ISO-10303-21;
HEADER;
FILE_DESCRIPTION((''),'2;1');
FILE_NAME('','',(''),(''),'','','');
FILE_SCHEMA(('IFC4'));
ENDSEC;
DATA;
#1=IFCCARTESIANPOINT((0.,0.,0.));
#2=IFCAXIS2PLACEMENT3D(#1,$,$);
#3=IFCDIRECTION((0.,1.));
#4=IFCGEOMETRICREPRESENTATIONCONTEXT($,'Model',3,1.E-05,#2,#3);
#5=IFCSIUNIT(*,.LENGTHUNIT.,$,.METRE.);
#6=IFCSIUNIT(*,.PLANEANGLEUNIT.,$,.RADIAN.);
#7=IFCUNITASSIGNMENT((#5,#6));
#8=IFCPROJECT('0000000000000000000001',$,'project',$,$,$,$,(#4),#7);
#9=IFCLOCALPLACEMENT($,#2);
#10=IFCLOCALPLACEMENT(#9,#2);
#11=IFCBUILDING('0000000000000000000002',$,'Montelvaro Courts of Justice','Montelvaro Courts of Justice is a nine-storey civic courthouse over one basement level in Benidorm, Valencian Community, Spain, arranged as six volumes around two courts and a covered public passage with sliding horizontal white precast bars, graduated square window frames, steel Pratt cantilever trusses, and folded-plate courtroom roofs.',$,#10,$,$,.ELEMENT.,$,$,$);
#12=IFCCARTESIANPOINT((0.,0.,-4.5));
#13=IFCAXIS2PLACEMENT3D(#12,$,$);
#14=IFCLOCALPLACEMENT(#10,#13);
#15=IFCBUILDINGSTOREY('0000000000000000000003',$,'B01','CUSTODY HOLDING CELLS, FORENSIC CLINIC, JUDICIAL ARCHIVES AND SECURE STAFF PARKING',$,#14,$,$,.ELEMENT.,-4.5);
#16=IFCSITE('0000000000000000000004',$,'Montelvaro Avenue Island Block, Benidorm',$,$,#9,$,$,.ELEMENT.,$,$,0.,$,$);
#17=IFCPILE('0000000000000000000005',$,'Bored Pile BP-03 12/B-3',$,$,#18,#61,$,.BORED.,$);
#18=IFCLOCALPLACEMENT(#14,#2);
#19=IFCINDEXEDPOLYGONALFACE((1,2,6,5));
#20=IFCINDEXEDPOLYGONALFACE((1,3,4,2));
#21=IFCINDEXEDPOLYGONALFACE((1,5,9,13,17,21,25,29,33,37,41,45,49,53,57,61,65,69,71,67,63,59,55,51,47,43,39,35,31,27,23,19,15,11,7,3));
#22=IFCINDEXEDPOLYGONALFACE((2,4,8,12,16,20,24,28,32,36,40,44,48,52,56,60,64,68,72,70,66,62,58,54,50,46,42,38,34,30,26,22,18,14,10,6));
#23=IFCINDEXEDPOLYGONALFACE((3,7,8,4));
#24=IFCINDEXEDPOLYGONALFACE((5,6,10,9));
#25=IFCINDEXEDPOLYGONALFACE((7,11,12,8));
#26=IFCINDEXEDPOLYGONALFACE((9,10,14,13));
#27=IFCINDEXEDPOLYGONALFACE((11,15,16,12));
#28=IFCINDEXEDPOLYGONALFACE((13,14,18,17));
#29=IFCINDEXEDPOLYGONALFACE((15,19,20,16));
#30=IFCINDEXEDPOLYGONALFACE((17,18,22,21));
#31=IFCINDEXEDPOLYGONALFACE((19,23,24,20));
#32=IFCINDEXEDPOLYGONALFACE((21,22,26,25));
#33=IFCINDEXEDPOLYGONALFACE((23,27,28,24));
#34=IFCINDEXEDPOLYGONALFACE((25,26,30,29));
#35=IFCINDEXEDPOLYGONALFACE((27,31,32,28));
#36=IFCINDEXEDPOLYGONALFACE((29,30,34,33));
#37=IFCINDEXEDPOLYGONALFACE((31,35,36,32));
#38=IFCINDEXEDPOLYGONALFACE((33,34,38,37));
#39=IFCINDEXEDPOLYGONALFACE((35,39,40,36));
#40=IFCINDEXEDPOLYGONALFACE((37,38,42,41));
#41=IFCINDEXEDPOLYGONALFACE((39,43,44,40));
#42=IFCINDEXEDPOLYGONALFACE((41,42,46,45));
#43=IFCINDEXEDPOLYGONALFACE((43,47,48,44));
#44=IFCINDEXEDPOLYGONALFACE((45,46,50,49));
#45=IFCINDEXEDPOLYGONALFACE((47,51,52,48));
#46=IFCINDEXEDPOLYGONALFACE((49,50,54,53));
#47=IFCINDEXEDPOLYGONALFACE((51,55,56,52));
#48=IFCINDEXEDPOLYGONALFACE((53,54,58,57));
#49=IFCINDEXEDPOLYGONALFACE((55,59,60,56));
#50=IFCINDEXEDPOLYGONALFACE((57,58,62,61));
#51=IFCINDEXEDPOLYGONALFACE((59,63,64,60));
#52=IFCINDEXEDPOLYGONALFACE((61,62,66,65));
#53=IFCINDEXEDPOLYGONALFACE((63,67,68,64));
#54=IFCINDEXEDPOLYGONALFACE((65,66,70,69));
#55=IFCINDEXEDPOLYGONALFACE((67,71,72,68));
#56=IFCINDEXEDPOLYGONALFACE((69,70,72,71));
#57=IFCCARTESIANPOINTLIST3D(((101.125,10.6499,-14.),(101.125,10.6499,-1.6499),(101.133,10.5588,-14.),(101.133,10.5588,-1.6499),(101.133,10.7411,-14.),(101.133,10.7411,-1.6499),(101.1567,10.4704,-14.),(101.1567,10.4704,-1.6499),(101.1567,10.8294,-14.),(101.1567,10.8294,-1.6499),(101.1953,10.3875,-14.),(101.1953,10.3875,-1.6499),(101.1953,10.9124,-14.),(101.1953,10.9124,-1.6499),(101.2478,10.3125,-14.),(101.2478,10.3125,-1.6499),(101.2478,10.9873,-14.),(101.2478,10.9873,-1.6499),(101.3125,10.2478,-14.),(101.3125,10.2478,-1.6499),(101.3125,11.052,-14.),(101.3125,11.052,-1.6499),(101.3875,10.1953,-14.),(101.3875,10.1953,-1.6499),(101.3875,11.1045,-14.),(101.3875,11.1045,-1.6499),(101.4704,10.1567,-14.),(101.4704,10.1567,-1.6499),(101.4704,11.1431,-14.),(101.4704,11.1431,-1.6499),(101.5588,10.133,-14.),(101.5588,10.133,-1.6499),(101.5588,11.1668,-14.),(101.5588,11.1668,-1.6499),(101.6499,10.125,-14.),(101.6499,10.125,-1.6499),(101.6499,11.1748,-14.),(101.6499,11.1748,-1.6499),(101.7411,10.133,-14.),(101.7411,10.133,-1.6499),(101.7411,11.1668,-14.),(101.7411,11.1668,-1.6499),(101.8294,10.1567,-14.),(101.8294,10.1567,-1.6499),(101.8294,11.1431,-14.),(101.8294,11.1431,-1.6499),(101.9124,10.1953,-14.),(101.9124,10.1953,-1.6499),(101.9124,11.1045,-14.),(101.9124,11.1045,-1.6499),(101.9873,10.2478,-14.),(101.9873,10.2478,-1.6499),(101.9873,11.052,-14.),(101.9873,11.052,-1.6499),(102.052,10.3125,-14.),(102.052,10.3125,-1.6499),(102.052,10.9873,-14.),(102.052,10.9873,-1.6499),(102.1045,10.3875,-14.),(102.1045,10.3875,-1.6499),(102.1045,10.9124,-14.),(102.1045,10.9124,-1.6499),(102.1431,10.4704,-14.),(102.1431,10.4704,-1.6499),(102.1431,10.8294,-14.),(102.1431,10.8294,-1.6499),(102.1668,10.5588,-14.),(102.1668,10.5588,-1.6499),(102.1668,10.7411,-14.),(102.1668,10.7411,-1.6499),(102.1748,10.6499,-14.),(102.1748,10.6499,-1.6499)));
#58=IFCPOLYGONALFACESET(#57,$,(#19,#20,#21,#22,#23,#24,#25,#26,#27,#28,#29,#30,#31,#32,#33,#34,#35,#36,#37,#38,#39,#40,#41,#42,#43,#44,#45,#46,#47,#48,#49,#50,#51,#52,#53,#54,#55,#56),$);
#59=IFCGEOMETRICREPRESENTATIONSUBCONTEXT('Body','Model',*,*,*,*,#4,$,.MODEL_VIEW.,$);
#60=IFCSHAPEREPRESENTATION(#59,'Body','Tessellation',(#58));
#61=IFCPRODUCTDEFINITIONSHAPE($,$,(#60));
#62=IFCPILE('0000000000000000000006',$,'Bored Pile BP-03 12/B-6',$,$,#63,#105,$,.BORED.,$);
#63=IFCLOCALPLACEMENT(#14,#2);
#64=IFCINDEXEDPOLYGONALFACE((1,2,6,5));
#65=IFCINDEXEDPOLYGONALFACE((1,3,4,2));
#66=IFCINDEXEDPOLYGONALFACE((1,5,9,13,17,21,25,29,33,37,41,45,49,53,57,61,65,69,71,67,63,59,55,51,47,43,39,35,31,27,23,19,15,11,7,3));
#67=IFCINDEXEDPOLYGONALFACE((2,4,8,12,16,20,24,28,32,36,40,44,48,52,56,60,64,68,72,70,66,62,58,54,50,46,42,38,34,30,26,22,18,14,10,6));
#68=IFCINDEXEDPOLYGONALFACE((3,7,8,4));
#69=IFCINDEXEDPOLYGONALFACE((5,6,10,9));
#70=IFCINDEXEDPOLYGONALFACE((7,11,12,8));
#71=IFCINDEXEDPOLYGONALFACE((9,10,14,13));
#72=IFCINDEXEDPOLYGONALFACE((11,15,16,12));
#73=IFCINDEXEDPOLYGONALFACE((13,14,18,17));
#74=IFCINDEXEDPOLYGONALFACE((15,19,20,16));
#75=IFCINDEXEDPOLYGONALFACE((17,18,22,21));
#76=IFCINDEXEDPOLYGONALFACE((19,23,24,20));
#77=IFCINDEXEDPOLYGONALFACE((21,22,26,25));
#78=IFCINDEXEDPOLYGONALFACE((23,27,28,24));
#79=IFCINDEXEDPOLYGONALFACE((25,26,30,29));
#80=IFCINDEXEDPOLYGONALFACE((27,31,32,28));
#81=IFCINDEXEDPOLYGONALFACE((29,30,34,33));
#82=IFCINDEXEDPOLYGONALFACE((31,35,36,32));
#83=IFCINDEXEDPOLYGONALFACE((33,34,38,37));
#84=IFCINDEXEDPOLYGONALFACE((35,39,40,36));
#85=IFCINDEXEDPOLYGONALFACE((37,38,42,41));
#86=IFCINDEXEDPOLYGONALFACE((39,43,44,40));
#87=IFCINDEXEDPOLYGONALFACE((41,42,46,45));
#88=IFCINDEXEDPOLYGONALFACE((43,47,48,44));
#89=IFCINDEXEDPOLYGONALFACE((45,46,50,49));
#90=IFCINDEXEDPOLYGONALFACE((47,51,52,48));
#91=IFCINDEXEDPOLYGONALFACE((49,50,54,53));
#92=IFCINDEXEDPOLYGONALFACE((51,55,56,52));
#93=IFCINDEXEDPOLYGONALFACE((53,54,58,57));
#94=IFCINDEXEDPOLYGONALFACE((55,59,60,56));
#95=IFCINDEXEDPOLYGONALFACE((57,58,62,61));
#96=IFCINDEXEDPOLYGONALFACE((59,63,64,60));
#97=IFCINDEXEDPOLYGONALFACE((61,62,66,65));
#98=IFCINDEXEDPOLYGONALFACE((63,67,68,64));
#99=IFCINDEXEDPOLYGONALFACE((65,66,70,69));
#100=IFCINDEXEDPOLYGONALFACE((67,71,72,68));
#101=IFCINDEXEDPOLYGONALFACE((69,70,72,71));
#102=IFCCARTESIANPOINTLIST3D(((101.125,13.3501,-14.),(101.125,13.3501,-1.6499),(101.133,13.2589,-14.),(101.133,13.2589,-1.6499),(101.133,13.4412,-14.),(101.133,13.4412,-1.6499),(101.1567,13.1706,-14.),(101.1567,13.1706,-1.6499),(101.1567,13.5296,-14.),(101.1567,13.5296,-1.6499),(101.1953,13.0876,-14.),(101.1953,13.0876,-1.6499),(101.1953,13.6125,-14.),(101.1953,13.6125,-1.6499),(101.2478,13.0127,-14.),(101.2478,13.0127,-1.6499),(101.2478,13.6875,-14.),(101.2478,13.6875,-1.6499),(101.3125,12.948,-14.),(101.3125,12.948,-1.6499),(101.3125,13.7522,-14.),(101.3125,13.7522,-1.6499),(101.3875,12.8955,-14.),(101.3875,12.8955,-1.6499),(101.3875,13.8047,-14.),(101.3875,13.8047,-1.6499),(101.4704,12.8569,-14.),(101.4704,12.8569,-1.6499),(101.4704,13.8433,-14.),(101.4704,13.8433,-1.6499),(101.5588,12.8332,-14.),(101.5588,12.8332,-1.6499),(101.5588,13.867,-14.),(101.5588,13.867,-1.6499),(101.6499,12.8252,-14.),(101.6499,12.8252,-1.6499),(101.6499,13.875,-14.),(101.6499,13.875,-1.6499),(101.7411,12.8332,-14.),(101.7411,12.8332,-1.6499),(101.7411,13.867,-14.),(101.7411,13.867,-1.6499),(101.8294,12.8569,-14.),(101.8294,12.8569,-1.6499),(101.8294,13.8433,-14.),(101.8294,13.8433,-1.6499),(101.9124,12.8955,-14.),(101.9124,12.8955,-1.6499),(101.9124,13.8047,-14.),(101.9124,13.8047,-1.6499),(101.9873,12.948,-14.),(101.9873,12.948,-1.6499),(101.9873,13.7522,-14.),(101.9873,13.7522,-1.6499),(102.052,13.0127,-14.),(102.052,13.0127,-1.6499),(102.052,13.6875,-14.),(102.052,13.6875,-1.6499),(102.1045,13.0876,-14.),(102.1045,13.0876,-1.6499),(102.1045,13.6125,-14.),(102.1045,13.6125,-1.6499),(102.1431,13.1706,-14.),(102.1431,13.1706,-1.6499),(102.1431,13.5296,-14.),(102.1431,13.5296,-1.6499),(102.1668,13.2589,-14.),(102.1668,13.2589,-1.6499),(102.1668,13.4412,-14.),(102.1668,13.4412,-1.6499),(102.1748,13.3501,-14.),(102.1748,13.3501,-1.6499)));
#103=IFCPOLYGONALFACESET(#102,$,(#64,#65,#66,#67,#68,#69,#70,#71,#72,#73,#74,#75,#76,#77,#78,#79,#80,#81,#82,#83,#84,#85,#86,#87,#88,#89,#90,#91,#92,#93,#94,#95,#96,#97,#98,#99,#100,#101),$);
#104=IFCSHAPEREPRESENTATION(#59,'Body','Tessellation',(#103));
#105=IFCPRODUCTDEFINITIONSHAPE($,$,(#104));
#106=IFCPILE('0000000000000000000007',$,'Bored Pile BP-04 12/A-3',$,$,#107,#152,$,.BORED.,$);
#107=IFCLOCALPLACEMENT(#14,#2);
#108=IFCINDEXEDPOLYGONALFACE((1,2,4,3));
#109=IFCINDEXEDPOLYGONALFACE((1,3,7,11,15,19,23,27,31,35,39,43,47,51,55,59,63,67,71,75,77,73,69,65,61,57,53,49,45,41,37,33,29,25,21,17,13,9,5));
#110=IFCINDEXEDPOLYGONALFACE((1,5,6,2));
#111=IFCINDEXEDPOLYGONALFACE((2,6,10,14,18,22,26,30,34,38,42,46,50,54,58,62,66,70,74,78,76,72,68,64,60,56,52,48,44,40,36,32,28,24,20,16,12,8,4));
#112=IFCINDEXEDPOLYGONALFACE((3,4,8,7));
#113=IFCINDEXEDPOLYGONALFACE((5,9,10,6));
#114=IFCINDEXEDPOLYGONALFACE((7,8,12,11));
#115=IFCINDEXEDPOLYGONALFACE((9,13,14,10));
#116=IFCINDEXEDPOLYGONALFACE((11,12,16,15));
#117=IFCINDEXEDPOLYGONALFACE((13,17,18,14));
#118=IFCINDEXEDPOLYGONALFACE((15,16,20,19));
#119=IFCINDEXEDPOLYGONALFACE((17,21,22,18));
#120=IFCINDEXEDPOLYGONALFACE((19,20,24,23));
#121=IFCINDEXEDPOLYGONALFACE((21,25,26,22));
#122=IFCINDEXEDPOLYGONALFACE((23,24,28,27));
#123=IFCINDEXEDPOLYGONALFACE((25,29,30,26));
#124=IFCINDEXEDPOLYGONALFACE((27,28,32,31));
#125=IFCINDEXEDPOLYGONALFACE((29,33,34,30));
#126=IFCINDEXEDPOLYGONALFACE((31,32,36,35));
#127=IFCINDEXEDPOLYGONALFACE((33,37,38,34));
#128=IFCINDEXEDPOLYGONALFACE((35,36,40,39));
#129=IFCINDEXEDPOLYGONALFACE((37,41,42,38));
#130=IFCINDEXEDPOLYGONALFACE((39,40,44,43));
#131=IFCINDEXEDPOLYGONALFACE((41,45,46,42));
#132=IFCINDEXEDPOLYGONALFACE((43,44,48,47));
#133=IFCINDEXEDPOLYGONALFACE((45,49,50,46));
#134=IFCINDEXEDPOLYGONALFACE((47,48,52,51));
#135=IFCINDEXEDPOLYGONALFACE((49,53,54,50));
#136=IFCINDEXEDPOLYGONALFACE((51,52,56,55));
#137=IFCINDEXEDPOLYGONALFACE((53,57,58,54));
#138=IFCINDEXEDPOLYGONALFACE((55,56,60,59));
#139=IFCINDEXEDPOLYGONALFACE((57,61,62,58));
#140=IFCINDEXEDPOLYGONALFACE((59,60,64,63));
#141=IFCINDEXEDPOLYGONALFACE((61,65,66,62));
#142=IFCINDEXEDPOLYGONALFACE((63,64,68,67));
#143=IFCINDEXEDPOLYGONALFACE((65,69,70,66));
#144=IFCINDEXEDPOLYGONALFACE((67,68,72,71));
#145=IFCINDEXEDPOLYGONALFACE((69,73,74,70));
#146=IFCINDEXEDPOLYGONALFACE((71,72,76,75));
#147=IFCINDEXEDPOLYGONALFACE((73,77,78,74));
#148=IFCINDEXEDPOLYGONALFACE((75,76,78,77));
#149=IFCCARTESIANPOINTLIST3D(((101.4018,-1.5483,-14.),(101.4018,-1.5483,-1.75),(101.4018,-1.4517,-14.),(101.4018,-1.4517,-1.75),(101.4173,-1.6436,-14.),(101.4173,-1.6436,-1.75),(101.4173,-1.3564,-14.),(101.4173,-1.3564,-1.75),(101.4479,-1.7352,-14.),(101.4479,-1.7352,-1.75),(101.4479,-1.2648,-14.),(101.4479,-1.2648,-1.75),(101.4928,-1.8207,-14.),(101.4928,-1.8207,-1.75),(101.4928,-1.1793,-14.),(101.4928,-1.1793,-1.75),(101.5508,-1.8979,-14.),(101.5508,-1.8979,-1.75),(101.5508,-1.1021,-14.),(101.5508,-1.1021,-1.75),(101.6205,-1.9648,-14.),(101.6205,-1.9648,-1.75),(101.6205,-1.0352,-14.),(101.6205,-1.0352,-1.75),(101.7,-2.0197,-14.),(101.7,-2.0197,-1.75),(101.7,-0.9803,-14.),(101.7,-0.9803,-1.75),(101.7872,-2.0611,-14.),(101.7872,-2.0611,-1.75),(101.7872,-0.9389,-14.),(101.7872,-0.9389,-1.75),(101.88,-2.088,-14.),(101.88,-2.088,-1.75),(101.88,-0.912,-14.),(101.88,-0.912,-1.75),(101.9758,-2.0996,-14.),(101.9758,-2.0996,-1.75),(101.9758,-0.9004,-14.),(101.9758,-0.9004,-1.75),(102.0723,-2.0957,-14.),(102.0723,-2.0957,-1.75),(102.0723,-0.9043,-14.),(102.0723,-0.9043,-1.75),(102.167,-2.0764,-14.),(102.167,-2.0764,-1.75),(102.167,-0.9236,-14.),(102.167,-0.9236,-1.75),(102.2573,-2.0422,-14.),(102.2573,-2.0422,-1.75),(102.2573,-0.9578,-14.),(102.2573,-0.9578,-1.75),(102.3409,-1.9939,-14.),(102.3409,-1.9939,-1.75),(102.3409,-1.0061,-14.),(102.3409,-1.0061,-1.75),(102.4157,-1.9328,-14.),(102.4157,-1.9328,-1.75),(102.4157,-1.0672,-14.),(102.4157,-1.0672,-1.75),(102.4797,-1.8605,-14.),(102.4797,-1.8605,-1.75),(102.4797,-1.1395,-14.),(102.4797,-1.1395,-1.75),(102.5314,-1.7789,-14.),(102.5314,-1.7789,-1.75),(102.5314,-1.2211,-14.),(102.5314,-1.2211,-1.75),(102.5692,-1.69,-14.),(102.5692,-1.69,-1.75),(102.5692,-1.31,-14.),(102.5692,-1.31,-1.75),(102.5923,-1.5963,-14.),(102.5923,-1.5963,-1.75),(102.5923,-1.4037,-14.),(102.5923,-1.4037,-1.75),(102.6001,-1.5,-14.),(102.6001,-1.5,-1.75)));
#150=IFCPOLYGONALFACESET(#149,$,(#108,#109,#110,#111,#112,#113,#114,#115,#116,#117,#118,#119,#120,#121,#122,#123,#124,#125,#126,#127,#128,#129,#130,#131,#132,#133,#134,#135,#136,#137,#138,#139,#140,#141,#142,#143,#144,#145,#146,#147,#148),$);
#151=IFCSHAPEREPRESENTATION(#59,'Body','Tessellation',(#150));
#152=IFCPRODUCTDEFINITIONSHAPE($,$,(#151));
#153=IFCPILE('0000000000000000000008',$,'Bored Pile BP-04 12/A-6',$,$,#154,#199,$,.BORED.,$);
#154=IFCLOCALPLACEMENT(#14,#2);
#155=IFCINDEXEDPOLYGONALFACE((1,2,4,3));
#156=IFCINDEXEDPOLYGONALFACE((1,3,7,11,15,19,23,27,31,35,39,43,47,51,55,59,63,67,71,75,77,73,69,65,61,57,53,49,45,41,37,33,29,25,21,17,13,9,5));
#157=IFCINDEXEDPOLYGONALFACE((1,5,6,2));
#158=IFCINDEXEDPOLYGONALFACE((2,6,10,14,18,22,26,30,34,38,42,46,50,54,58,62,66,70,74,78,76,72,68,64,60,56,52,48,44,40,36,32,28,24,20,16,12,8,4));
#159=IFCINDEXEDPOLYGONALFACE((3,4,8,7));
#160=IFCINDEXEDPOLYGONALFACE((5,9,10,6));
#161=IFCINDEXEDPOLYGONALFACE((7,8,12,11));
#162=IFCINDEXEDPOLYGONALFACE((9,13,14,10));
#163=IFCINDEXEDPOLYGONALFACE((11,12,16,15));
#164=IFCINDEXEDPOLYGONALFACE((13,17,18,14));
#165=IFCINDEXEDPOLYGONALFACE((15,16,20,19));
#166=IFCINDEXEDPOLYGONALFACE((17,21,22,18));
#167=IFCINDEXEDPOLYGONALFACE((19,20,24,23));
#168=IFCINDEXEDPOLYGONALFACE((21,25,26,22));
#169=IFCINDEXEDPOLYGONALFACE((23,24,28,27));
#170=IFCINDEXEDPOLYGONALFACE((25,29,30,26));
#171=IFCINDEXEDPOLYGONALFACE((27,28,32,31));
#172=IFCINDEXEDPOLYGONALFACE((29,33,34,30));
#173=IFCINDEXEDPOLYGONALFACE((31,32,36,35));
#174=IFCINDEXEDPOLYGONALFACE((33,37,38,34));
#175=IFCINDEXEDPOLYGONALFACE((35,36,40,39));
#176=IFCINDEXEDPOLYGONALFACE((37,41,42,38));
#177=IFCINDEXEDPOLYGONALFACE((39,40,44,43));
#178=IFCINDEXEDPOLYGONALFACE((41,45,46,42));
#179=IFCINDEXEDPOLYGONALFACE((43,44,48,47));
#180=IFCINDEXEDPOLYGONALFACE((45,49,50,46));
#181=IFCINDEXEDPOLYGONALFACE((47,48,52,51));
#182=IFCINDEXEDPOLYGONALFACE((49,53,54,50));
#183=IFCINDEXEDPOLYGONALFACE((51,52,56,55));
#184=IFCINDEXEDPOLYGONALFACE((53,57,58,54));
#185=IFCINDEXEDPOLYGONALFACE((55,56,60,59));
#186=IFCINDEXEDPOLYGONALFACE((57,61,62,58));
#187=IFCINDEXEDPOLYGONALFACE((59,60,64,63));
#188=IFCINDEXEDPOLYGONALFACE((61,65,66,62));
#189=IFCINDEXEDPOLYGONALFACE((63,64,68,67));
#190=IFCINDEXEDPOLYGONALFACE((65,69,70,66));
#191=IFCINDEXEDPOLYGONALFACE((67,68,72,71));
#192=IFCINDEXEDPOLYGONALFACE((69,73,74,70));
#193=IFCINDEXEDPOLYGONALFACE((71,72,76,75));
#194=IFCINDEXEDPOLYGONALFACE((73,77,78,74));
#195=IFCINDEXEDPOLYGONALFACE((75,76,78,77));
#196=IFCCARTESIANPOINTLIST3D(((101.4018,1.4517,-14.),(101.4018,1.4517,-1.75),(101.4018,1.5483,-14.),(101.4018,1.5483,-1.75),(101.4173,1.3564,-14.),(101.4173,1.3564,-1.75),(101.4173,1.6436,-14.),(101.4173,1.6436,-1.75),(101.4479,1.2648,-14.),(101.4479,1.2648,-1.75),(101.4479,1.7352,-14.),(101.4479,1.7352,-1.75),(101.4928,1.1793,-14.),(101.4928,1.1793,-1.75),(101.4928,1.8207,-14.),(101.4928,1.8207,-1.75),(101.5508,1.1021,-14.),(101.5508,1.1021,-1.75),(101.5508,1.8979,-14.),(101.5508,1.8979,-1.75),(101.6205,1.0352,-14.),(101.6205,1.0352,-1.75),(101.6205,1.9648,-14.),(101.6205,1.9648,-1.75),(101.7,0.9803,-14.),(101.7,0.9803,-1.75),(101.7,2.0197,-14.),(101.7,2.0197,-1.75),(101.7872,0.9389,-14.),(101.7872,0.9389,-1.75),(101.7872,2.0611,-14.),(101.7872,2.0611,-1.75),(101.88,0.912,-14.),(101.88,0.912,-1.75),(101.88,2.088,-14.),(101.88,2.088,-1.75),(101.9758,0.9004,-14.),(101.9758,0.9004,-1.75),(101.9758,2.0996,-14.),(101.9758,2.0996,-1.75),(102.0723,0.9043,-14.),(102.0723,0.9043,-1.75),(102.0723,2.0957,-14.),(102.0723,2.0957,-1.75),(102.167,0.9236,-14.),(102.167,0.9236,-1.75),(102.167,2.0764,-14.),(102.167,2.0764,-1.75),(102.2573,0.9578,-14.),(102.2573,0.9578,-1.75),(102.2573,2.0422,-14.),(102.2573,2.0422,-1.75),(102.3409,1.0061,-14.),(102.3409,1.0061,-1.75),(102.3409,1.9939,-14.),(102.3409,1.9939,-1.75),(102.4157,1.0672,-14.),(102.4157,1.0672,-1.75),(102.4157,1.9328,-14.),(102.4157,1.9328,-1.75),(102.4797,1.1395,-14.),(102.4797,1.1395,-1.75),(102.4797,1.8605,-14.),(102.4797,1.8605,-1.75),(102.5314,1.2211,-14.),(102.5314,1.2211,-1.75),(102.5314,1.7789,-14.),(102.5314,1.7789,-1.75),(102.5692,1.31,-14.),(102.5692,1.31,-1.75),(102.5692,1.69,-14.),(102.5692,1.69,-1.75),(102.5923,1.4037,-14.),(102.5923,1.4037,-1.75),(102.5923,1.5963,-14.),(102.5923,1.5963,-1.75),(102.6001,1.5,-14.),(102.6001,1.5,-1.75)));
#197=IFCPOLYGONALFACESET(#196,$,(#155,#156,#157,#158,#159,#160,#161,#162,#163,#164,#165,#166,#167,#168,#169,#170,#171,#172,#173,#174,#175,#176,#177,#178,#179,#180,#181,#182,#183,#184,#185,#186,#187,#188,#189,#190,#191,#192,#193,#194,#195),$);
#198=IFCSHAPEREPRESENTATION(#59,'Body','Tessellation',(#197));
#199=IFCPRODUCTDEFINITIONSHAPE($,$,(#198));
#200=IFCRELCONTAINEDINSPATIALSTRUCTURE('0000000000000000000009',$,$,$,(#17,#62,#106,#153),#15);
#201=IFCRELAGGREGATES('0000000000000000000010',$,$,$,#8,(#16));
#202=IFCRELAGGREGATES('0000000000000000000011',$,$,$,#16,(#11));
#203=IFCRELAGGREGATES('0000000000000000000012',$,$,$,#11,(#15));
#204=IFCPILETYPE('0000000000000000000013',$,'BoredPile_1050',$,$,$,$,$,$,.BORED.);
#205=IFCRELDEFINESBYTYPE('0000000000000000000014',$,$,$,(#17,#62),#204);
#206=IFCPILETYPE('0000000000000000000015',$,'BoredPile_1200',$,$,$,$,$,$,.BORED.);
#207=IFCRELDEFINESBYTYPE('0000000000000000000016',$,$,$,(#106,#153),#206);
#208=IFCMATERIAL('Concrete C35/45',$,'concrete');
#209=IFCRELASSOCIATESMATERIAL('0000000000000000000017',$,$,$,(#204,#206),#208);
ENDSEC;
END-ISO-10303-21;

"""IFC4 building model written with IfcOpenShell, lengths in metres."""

from ifc_helpers import new_model, si_unit, direction, frame, origin, origin_2d, place, context, subcontext, project, spatial, circle, extrude, material, material_profile, profile_set, type_object, element, save


model = new_model("IFC4")

# Units and contexts
model_context = context("Model", 3, precision=1e-05, world=origin(), true_north=direction((0.0, 1.0)))
body_context = subcontext(model_context, "Body", "Model", "MODEL_VIEW")
ifc_project = project(units=[si_unit("LENGTHUNIT", "METRE"), si_unit("PLANEANGLEUNIT", "RADIAN")], contexts=[model_context])

# Site, building, storey
site_placement = place(None, origin())
site = spatial("IfcSite", under=ifc_project, at=site_placement, Name="Montelvaro Avenue Island Block, Benidorm", CompositionType="ELEMENT", RefElevation=0.0)
building_placement = place(site_placement, origin())
building = spatial("IfcBuilding", under=site, at=building_placement, Name="Montelvaro Courts of Justice", Description="Montelvaro Courts of Justice is a nine-storey civic courthouse over one basement level in Benidorm, Valencian Community, Spain, arranged as six volumes around two courts and a covered public passage with sliding horizontal white precast bars, graduated square window frames, steel Pratt cantilever trusses, and folded-plate courtroom roofs.", CompositionType="ELEMENT")
storey_placement = place(building_placement, frame((0.0, 0.0, -4.5)))
storey = spatial("IfcBuildingStorey", under=building, at=storey_placement, Name="B01", Description="CUSTODY HOLDING CELLS, FORENSIC CLINIC, JUDICIAL ARCHIVES AND SECURE STAFF PARKING", CompositionType="ELEMENT", Elevation=-4.5)

# Piles
ifc_material_1 = material(Name="Concrete C35/45", Category="concrete")
ifc_material_profile_1 = material_profile(ifc_material_1, circle(Radius=0.5249, at=origin_2d()), Name="BORED PILE D1050")
ifc_profile_set_1 = profile_set([ifc_material_profile_1], Name="Concrete C35/45")
pile_type_1 = type_object("IfcPileType", Name="BoredPile_1050", PredefinedType="BORED", material=ifc_profile_set_1)
for number, where, z_axis, x_axis, name in (
    (1, (101.6499, 10.6499, -1.6499), (0.0, 0.0, -1.0), (1.0, 0.0, 0.0), "Bored Pile BP-03 12/B-3"),
    (2, (101.6499, 13.3501, -1.6499), (0.0, 0.0, -1.0), (1.0, 0.0, 0.0), "Bored Pile BP-03 12/B-6"),
):
    element("IfcPile", number, at=place(storey_placement, frame(where, z_axis=z_axis, x_axis=x_axis)), inside=storey, type_object=pile_type_1, Name=name, PredefinedType="BORED", context=body_context, shape_type="SweptSolid", body=[
        extrude(circle(Radius=0.5249, at=origin_2d()), origin(), (0.0, 0.0, 1.0), 12.3501),
    ])
ifc_material_profile_2 = material_profile(ifc_material_1, circle(Radius=0.6001, at=origin_2d()), Name="BORED PILE D1200")
ifc_profile_set_2 = profile_set([ifc_material_profile_2], Name="Concrete C35/45")
pile_type_2 = type_object("IfcPileType", Name="BoredPile_1200", PredefinedType="BORED", material=ifc_profile_set_2)
for number, where, z_axis, x_axis, name in (
    (3, (102.0, -1.5, -1.75), (0.0, 0.0, -1.0), (1.0, 0.0, 0.0), "Bored Pile BP-04 12/A-3"),
    (4, (102.0, 1.5, -1.75), (0.0, 0.0, -1.0), (1.0, 0.0, 0.0), "Bored Pile BP-04 12/A-6"),
):
    element("IfcPile", number, at=place(storey_placement, frame(where, z_axis=z_axis, x_axis=x_axis)), inside=storey, type_object=pile_type_2, Name=name, PredefinedType="BORED", context=body_context, shape_type="SweptSolid", body=[
        extrude(circle(Radius=0.6001, at=origin_2d()), origin(), (0.0, 0.0, 1.0), 12.25),
    ])

save(model, "model.ifc")
